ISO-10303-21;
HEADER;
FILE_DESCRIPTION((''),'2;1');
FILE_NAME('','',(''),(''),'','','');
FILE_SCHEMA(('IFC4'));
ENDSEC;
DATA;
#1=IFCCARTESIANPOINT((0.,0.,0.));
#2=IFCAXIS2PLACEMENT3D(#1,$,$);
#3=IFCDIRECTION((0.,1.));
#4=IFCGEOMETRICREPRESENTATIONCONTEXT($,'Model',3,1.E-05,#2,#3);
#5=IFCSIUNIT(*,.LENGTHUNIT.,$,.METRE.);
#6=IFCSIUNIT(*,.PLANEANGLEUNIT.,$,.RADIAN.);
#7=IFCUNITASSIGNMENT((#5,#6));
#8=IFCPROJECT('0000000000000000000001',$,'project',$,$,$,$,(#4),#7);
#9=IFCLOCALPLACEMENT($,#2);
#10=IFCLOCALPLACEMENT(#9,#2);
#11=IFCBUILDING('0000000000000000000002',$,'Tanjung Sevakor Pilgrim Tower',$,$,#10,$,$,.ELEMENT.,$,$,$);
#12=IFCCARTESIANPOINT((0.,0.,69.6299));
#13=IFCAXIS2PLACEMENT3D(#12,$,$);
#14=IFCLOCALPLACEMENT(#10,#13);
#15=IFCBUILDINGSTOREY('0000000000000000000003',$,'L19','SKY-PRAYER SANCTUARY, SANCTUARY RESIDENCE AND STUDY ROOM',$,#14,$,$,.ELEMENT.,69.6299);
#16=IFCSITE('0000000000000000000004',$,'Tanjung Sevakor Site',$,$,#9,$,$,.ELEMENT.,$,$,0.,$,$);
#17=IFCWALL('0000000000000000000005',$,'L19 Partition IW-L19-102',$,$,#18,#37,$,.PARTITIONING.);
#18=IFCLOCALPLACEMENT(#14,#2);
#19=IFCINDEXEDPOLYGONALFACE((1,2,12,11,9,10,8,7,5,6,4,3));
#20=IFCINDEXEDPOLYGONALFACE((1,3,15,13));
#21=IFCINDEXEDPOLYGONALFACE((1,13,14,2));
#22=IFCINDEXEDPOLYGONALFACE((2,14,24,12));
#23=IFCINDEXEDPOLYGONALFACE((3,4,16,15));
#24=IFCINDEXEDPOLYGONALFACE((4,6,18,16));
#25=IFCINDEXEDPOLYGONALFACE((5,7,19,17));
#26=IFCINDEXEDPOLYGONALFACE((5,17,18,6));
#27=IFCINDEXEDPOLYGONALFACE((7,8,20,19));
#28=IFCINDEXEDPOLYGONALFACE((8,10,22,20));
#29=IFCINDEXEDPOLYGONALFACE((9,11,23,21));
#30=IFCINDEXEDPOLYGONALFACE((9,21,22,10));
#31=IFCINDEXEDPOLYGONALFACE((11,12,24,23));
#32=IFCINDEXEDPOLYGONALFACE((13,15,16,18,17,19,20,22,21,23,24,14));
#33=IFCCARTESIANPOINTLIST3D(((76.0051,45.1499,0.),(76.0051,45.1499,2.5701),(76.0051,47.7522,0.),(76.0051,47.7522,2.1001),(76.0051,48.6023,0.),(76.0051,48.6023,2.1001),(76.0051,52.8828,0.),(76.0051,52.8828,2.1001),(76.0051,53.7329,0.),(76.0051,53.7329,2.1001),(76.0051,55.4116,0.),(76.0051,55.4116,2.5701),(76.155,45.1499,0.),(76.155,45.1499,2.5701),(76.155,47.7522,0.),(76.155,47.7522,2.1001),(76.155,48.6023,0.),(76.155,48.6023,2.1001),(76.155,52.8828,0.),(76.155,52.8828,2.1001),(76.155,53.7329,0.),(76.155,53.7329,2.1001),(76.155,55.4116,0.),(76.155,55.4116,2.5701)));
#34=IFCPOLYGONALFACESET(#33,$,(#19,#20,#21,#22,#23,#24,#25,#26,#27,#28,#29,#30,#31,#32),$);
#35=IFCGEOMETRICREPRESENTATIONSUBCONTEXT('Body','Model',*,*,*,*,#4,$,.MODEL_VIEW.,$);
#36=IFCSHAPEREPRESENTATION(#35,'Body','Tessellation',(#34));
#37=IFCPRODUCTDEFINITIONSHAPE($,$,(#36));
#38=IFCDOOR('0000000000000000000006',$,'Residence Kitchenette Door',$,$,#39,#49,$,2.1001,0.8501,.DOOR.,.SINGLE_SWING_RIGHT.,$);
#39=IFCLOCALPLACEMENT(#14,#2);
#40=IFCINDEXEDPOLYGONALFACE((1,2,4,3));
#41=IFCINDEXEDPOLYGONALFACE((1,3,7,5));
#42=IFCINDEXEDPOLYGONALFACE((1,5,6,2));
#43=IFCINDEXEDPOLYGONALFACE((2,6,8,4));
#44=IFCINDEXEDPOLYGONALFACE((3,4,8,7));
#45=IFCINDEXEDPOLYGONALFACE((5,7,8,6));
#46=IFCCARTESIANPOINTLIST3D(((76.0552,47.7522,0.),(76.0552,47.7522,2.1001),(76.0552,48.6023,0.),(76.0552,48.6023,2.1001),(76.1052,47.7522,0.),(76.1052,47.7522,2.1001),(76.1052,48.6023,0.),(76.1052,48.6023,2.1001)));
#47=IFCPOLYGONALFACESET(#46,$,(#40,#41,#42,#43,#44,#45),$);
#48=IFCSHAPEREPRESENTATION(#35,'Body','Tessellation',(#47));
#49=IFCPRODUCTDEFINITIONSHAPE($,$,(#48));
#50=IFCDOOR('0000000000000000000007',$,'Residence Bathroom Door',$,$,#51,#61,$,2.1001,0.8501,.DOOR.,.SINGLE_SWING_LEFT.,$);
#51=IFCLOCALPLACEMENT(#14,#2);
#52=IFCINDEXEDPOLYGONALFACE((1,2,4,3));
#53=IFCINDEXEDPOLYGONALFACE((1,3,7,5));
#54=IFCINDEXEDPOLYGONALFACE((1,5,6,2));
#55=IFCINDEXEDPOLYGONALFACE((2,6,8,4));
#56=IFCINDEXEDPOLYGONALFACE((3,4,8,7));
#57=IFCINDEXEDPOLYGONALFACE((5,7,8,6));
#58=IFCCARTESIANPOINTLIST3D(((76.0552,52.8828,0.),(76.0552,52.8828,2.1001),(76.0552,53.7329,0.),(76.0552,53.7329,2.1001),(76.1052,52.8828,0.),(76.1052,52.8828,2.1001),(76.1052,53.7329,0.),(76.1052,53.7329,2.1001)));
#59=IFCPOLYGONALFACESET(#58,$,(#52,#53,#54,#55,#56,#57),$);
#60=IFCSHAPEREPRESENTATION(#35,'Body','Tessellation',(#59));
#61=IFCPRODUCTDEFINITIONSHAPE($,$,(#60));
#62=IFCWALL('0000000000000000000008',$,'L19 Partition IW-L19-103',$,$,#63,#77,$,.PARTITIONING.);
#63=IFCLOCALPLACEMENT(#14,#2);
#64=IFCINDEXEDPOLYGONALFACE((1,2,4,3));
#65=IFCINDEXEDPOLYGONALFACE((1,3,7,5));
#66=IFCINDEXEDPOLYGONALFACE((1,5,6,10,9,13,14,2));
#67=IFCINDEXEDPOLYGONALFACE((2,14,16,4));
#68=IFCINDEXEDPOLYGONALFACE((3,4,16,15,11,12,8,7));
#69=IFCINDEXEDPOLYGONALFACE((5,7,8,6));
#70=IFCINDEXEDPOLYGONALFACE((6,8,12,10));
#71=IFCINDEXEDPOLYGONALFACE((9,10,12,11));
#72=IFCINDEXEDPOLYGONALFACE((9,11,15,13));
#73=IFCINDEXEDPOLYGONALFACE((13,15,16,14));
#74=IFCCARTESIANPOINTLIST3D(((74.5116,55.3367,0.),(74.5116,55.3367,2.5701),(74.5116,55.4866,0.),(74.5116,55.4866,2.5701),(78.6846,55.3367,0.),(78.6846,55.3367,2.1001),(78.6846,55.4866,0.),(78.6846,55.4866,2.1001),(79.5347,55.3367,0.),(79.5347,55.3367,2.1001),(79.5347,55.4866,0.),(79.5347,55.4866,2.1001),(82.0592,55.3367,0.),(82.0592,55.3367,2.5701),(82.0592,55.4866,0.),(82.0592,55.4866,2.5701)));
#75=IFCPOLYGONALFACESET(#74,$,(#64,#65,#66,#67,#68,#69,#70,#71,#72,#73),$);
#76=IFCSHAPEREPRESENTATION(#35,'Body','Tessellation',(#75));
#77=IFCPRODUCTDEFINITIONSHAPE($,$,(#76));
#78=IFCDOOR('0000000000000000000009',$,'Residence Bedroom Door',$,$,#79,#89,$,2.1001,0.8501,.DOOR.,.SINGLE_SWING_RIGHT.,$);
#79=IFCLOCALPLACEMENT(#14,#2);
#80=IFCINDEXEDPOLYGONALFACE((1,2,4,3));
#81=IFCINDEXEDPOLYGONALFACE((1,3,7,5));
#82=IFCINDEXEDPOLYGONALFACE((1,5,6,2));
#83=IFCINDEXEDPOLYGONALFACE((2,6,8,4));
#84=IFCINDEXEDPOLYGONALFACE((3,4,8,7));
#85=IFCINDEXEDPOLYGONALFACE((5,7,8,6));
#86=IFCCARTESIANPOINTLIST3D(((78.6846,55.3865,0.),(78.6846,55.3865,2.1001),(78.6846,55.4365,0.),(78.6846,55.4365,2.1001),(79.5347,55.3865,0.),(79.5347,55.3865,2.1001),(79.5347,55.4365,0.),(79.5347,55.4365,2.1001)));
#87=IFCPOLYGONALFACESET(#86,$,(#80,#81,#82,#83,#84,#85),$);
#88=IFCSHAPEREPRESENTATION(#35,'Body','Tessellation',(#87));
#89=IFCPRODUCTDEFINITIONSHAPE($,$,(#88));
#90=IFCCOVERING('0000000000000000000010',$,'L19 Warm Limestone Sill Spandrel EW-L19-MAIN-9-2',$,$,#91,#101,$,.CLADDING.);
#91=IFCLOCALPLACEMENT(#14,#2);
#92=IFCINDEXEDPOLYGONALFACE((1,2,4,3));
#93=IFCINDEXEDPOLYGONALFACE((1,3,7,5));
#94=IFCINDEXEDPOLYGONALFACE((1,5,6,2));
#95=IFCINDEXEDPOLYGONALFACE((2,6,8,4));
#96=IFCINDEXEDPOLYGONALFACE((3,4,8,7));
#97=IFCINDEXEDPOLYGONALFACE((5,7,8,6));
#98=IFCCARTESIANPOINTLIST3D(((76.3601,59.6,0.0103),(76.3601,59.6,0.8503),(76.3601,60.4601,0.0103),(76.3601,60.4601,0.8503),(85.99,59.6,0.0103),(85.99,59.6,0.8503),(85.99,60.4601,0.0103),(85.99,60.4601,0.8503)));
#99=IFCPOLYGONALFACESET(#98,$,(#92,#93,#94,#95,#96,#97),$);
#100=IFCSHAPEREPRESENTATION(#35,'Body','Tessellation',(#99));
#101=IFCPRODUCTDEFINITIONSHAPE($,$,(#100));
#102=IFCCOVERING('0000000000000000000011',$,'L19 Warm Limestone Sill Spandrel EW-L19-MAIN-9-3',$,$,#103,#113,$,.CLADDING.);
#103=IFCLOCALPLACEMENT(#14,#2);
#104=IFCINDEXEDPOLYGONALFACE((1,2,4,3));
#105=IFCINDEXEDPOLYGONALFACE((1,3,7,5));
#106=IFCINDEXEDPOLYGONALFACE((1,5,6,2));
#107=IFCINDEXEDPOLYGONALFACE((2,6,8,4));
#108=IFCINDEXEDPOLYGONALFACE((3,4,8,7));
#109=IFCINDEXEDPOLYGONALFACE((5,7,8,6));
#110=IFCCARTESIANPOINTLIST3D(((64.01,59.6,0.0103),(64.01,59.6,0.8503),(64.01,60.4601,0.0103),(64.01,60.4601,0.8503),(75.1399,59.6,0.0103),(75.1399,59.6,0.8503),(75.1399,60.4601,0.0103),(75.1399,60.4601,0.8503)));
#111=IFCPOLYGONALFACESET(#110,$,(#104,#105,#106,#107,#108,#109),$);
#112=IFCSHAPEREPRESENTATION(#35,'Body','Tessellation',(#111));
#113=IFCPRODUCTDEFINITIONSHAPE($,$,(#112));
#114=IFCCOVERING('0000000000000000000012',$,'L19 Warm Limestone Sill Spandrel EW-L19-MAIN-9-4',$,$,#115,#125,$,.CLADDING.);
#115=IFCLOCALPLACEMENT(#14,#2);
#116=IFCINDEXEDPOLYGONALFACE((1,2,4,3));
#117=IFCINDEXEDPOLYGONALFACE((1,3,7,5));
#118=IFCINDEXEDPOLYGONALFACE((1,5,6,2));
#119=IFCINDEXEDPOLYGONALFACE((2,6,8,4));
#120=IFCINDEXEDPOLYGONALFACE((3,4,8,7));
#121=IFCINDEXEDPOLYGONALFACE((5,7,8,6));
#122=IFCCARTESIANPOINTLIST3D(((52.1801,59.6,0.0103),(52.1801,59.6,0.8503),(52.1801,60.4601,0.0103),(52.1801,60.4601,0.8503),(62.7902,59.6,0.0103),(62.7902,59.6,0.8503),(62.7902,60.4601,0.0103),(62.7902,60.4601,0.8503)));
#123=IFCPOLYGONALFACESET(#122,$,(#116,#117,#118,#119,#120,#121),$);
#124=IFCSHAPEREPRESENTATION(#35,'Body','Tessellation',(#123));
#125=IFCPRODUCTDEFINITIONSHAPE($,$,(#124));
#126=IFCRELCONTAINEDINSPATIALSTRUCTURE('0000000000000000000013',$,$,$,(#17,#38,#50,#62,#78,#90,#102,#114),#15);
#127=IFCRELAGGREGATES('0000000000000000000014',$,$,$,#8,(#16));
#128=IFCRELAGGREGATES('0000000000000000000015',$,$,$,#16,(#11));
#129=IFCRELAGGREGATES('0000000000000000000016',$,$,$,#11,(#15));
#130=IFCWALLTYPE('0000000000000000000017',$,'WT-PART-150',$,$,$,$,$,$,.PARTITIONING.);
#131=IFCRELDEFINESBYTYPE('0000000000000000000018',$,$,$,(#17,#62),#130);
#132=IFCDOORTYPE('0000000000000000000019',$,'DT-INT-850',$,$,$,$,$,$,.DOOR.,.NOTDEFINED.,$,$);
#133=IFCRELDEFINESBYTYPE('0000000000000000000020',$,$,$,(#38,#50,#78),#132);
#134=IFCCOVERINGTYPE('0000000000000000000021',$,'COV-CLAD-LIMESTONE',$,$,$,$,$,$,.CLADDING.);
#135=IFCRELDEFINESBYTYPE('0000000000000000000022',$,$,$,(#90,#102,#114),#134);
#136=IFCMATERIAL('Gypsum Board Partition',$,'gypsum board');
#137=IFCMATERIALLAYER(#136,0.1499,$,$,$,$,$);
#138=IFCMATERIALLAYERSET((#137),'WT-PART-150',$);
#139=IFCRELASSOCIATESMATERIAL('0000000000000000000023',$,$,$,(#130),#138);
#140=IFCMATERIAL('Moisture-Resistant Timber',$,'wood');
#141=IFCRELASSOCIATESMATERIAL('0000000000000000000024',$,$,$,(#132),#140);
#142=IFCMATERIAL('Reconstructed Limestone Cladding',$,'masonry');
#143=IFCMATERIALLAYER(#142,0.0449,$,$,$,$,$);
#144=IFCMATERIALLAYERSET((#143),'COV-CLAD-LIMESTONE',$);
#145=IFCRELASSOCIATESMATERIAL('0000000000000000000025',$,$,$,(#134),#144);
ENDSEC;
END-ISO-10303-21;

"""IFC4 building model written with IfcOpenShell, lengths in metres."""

from ifc_helpers import new_model, si_unit, direction, frame, frame_2d, origin, origin_2d, place, context, subcontext, project, spatial, rectangle, extrude, material, layer, layer_set, type_object, element, fill, save


model = new_model("IFC4")

# Units and contexts
model_context = context("Model", 3, precision=1e-05, world=origin(), true_north=direction((0.0, 1.0)))
body_context = subcontext(model_context, "Body", "Model", "MODEL_VIEW")
ifc_project = project(units=[si_unit("LENGTHUNIT", "METRE"), si_unit("PLANEANGLEUNIT", "RADIAN")], contexts=[model_context])

# Site, building, storey
site_placement = place(None, origin())
site = spatial("IfcSite", under=ifc_project, at=site_placement, Name="Tanjung Sevakor Site", CompositionType="ELEMENT", RefElevation=0.0)
building_placement = place(site_placement, origin())
building = spatial("IfcBuilding", under=site, at=building_placement, Name="Tanjung Sevakor Pilgrim Tower", CompositionType="ELEMENT")
storey_placement = place(building_placement, frame((0.0, 0.0, 69.6299)))
storey = spatial("IfcBuildingStorey", under=building, at=storey_placement, Name="L19", Description="SKY-PRAYER SANCTUARY, SANCTUARY RESIDENCE AND STUDY ROOM", CompositionType="ELEMENT", Elevation=69.6299)

# Shared definitions
ifc_material_1 = material(Name="Gypsum Board Partition", Category="gypsum board")
ifc_layer_1 = layer(ifc_material_1, 0.1499)
ifc_layer_set_1 = layer_set([ifc_layer_1], Name="WT-PART-150")
wall_type_1 = type_object("IfcWallType", Name="WT-PART-150", PredefinedType="PARTITIONING", material=ifc_layer_set_1)

# Shared definitions
ifc_material_2 = material(Name="Moisture-Resistant Timber", Category="wood")
door_type_1 = type_object("IfcDoorType", Name="DT-INT-850", OperationType="NOTDEFINED", PredefinedType="DOOR", material=ifc_material_2)

# Wall, openings, doors
wall_1_placement = place(storey_placement, frame((76.0801, 45.1499, 0.0), z_axis=(0.0, 0.0, 1.0), x_axis=(0.0, 1.0, 0.0)))
wall_1 = element("IfcWall", 1, at=wall_1_placement, inside=storey, type_object=wall_type_1, Name="L19 Partition IW-L19-102", PredefinedType="PARTITIONING", context=body_context, shape_type="SweptSolid", body=[
    extrude(rectangle(XDim=10.2617, YDim=0.1499, at=frame_2d((5.1309, 0.0))), origin(), (0.0, 0.0, 1.0), 2.5701),
])
opening_1_placement = place(wall_1_placement, frame((2.6023, 0.0, 0.0)))
opening_1 = element("IfcOpeningElement", 2, at=opening_1_placement, cuts=wall_1, PredefinedType="OPENING", context=body_context, shape_type="SweptSolid", body=[
    extrude(rectangle(XDim=0.8501, YDim=2.1001, at=frame_2d((0.425, 1.05))), frame((0.0, 0.085, 0.0), z_axis=(0.0, -1.0, 0.0), x_axis=(1.0, 0.0, 0.0)), (0.0, 0.0, 1.0), 0.1699),
])
opening_2_placement = place(wall_1_placement, frame((7.7329, 0.0, 0.0)))
opening_2 = element("IfcOpeningElement", 3, at=opening_2_placement, cuts=wall_1, PredefinedType="OPENING", context=body_context, shape_type="SweptSolid", body=[
    extrude(rectangle(XDim=0.8501, YDim=2.1001, at=frame_2d((0.425, 1.05))), frame((0.0, 0.085, 0.0), z_axis=(0.0, -1.0, 0.0), x_axis=(1.0, 0.0, 0.0)), (0.0, 0.0, 1.0), 0.1699),
])
door_1_placement = place(opening_1_placement, origin())
door_1 = element("IfcDoor", 4, at=door_1_placement, inside=storey, type_object=door_type_1, Name="Residence Kitchenette Door", OperationType="SINGLE_SWING_RIGHT", OverallHeight=2.1001, OverallWidth=0.8501, PredefinedType="DOOR", context=body_context, shape_type="SweptSolid", body=[
    extrude(rectangle(XDim=0.8501, YDim=2.1001, at=frame_2d((0.425, 1.05))), frame((0.0, 0.0249, 0.0), z_axis=(0.0, -1.0, 0.0), x_axis=(1.0, 0.0, 0.0)), (0.0, 0.0, 1.0), 0.05),
])
fill(opening_1, door_1)
door_2_placement = place(opening_2_placement, origin())
door_2 = element("IfcDoor", 5, at=door_2_placement, inside=storey, type_object=door_type_1, Name="Residence Bathroom Door", OperationType="SINGLE_SWING_LEFT", OverallHeight=2.1001, OverallWidth=0.8501, PredefinedType="DOOR", context=body_context, shape_type="SweptSolid", body=[
    extrude(rectangle(XDim=0.8501, YDim=2.1001, at=frame_2d((0.425, 1.05))), frame((0.0, 0.0249, 0.0), z_axis=(0.0, -1.0, 0.0), x_axis=(1.0, 0.0, 0.0)), (0.0, 0.0, 1.0), 0.05),
])
fill(opening_2, door_2)

# Wall, opening, door
wall_2_placement = place(storey_placement, frame((74.5115, 55.4116, 0.0), z_axis=(0.0, 0.0, 1.0), x_axis=(1.0, 0.0, 0.0)))
wall_2 = element("IfcWall", 6, at=wall_2_placement, inside=storey, type_object=wall_type_1, Name="L19 Partition IW-L19-103", PredefinedType="PARTITIONING", context=body_context, shape_type="SweptSolid", body=[
    extrude(rectangle(XDim=7.5476, YDim=0.1499, at=frame_2d((3.7739, 0.0))), origin(), (0.0, 0.0, 1.0), 2.5701),
])
opening_3_placement = place(wall_2_placement, frame((4.1731, 0.0, 0.0)))
opening_3 = element("IfcOpeningElement", 7, at=opening_3_placement, cuts=wall_2, PredefinedType="OPENING", context=body_context, shape_type="SweptSolid", body=[
    extrude(rectangle(XDim=0.8501, YDim=2.1001, at=frame_2d((0.425, 1.05))), frame((0.0, 0.085, 0.0), z_axis=(0.0, -1.0, 0.0), x_axis=(1.0, 0.0, 0.0)), (0.0, 0.0, 1.0), 0.1699),
])
door_3_placement = place(opening_3_placement, origin())
door_3 = element("IfcDoor", 8, at=door_3_placement, inside=storey, type_object=door_type_1, Name="Residence Bedroom Door", OperationType="SINGLE_SWING_RIGHT", OverallHeight=2.1001, OverallWidth=0.8501, PredefinedType="DOOR", context=body_context, shape_type="SweptSolid", body=[
    extrude(rectangle(XDim=0.8501, YDim=2.1001, at=frame_2d((0.425, 1.05))), frame((0.0, 0.0249, 0.0), z_axis=(0.0, -1.0, 0.0), x_axis=(1.0, 0.0, 0.0)), (0.0, 0.0, 1.0), 0.05),
])
fill(opening_3, door_3)

# Coverings
ifc_material_3 = material(Name="Reconstructed Limestone Cladding", Category="masonry")
ifc_layer_2 = layer(ifc_material_3, 0.0449)
ifc_layer_set_2 = layer_set([ifc_layer_2], Name="COV-CLAD-LIMESTONE")
covering_type = type_object("IfcCoveringType", Name="COV-CLAD-LIMESTONE", PredefinedType="CLADDING", material=ifc_layer_set_2)
covering_1_placement = place(storey_placement, frame((81.175, 60.03, 0.0103), z_axis=(0.0, 0.0, 1.0), x_axis=(-1.0, 0.0, 0.0)))
element("IfcCovering", 9, at=covering_1_placement, inside=storey, type_object=covering_type, Name="L19 Warm Limestone Sill Spandrel EW-L19-MAIN-9-2", PredefinedType="CLADDING", context=body_context, shape_type="SweptSolid", body=[
    extrude(rectangle(XDim=9.6299, YDim=0.8601, at=origin_2d()), origin(), (0.0, 0.0, 1.0), 0.8401),
])
covering_2_placement = place(storey_placement, frame((69.575, 60.03, 0.0103), z_axis=(0.0, 0.0, 1.0), x_axis=(-1.0, 0.0, 0.0)))
element("IfcCovering", 10, at=covering_2_placement, inside=storey, type_object=covering_type, Name="L19 Warm Limestone Sill Spandrel EW-L19-MAIN-9-3", PredefinedType="CLADDING", context=body_context, shape_type="SweptSolid", body=[
    extrude(rectangle(XDim=11.1299, YDim=0.8601, at=origin_2d()), origin(), (0.0, 0.0, 1.0), 0.8401),
])
covering_3_placement = place(storey_placement, frame((57.4851, 60.03, 0.0103), z_axis=(0.0, 0.0, 1.0), x_axis=(-1.0, 0.0, 0.0)))
element("IfcCovering", 11, at=covering_3_placement, inside=storey, type_object=covering_type, Name="L19 Warm Limestone Sill Spandrel EW-L19-MAIN-9-4", PredefinedType="CLADDING", context=body_context, shape_type="SweptSolid", body=[
    extrude(rectangle(XDim=10.6101, YDim=0.8601, at=origin_2d()), origin(), (0.0, 0.0, 1.0), 0.8401),
])

save(model, "model.ifc")
